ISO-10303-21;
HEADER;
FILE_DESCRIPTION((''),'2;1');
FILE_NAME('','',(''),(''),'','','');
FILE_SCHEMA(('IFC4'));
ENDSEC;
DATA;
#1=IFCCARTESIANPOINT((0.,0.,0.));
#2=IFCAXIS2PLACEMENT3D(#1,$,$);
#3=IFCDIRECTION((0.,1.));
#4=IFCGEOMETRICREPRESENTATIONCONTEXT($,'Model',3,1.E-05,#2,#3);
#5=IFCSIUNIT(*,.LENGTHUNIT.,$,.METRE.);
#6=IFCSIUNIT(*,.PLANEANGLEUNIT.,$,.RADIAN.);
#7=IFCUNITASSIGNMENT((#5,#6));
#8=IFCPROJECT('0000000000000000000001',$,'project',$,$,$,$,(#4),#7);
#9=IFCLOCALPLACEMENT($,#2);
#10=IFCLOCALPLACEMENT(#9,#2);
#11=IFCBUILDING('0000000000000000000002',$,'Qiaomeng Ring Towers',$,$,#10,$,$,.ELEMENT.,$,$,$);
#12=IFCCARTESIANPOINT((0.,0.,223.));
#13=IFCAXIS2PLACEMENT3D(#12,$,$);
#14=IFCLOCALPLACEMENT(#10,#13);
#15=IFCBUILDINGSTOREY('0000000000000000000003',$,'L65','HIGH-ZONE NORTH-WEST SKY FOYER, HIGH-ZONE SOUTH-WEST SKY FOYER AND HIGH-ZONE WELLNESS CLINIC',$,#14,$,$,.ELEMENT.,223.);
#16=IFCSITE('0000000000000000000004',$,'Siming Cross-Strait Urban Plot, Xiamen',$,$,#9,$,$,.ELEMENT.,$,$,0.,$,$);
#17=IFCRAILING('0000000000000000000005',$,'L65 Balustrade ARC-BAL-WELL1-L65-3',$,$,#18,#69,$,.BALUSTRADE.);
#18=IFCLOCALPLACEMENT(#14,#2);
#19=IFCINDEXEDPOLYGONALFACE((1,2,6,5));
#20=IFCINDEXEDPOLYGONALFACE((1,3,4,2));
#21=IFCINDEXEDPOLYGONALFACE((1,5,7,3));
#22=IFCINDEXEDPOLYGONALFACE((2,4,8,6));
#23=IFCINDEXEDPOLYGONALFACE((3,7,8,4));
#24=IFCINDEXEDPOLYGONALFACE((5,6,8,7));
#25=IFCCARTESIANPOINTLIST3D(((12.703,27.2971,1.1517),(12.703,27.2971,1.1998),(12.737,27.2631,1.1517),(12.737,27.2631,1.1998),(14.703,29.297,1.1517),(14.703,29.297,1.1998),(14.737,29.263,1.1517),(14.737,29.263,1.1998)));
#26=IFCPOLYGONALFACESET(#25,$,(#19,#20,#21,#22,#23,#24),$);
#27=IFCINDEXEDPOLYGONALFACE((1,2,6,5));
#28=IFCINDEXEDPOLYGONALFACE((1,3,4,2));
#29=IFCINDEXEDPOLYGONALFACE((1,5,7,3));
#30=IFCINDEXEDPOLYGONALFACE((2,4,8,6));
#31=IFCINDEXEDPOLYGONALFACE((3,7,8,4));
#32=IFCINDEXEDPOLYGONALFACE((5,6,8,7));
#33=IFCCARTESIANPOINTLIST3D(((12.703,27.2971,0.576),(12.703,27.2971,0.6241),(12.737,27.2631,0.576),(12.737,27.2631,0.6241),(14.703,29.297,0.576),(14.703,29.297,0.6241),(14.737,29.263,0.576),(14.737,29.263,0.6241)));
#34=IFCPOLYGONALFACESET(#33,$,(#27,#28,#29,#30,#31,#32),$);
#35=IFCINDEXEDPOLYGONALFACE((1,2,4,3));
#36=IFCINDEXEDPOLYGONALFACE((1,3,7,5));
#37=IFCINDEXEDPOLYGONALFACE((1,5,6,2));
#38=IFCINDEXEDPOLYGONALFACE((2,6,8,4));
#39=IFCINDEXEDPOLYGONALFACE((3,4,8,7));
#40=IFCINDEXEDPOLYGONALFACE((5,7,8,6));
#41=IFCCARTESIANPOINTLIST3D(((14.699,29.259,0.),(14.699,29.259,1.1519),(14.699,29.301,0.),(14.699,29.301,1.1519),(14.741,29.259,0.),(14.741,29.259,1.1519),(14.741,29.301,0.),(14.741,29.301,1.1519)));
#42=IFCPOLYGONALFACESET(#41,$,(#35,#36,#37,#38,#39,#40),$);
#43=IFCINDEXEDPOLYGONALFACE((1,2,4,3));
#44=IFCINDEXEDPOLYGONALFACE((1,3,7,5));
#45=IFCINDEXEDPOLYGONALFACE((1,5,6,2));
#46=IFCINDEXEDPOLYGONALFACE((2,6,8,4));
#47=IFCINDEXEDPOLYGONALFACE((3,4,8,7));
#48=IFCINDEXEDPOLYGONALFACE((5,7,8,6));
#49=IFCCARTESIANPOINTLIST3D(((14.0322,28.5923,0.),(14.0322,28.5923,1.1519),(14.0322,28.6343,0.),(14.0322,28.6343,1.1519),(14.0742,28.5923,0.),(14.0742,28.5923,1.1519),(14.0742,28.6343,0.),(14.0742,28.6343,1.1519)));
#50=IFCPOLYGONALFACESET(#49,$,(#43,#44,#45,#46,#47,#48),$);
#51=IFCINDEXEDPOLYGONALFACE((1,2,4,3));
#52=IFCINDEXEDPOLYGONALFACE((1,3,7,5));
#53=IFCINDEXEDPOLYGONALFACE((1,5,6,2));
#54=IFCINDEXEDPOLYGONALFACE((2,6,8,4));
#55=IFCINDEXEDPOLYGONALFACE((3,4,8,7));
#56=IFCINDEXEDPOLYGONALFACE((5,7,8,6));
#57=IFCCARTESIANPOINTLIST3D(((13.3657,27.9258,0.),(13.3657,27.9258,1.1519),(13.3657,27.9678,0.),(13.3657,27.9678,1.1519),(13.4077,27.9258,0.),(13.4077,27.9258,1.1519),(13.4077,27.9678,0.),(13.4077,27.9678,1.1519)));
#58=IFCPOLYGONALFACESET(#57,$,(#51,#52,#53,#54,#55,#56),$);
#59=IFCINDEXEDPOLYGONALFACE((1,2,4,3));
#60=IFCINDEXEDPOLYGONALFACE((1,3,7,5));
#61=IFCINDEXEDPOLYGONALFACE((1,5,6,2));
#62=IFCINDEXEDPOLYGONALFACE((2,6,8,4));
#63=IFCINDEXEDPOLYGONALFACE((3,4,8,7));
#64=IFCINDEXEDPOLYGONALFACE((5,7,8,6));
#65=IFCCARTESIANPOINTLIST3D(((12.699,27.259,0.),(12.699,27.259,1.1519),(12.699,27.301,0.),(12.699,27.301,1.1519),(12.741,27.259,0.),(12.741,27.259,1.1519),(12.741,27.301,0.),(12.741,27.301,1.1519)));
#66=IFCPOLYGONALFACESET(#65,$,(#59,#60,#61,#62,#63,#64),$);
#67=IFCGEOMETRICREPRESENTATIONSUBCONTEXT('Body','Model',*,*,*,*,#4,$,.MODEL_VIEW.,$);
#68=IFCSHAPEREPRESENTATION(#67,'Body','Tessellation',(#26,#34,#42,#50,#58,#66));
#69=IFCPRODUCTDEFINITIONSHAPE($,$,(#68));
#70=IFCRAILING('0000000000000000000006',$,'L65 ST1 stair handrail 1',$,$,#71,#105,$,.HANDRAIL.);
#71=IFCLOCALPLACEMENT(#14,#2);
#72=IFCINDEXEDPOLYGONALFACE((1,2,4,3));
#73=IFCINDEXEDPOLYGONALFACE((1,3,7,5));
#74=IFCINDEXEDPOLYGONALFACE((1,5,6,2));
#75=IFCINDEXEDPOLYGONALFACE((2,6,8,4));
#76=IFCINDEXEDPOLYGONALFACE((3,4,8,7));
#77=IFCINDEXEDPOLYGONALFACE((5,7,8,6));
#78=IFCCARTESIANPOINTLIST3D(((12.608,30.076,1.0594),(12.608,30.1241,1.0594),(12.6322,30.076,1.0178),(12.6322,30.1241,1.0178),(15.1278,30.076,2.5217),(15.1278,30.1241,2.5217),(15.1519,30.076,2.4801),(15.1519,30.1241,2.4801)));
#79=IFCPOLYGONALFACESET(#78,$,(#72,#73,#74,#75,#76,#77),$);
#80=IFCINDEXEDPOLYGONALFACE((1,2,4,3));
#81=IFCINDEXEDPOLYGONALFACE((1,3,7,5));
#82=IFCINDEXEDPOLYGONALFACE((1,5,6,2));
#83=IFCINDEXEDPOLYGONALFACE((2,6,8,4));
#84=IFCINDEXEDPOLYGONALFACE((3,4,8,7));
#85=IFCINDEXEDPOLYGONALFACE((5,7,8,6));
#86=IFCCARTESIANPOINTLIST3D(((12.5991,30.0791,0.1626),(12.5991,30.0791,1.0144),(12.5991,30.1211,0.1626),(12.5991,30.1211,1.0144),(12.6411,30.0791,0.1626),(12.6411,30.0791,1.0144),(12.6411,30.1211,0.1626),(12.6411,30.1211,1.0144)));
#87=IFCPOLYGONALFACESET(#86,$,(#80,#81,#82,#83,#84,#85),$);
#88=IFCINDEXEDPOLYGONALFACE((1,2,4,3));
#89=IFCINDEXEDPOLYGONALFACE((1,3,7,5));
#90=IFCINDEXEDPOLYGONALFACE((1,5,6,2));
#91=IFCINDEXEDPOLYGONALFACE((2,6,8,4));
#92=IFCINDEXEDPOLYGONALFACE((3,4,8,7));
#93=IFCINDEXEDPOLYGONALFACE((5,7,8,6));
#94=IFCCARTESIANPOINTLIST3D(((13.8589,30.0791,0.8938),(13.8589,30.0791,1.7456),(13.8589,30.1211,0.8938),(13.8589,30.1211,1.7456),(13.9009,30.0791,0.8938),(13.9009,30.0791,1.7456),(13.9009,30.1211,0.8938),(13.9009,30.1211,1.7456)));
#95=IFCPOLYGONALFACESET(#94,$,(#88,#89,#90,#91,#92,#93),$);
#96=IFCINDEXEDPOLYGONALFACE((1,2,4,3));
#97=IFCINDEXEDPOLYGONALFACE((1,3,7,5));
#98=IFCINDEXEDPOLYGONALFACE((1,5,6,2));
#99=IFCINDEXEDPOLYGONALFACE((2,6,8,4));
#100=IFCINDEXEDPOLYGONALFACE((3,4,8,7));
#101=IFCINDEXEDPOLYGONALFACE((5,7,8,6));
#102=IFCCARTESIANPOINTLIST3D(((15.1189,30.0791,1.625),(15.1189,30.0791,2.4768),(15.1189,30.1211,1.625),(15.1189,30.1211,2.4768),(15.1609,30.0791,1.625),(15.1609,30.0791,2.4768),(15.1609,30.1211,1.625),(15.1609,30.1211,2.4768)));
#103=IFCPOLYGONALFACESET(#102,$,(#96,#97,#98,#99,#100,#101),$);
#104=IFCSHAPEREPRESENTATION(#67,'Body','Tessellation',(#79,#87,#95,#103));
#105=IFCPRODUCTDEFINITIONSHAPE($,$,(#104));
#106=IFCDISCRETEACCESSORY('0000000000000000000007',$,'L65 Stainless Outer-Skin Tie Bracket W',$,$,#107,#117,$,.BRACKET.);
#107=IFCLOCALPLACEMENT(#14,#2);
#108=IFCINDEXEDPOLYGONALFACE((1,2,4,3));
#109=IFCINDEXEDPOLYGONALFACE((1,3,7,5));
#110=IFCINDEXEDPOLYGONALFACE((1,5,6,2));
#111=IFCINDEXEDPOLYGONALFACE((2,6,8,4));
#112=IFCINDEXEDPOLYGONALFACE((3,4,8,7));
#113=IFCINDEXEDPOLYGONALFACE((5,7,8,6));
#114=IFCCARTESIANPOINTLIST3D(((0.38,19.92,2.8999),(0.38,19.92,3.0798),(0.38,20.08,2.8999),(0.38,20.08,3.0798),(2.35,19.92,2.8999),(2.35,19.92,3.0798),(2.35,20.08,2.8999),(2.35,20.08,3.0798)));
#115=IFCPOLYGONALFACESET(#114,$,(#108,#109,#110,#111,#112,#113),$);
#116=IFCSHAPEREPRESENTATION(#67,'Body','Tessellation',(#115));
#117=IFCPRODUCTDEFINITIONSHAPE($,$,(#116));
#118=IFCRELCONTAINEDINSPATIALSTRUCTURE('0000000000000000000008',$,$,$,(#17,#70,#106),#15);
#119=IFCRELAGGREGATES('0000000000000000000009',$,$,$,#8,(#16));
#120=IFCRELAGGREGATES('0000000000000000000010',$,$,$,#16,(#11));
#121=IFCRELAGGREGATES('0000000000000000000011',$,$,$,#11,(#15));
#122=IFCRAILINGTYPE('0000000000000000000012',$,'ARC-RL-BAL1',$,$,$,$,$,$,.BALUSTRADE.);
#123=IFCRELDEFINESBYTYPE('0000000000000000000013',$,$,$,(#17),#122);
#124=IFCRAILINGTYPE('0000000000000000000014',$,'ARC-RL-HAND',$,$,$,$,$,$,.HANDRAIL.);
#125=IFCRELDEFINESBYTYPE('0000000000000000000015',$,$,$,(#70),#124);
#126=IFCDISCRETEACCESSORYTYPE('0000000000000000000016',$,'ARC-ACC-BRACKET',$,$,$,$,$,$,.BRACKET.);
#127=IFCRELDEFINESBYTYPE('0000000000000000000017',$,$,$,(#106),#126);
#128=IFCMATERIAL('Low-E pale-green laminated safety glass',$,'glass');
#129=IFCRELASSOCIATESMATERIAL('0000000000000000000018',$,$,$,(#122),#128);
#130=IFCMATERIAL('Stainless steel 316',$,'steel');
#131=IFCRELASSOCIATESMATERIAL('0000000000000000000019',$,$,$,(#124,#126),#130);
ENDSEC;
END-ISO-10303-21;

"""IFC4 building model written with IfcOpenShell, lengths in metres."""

from ifc_helpers import new_model, si_unit, direction, frame, origin, origin_2d, place, context, subcontext, project, spatial, rectangle, extrude, source, transform, mapped, material, type_object, element, save


model = new_model("IFC4")

# Units and contexts
model_context = context("Model", 3, precision=1e-05, world=origin(), true_north=direction((0.0, 1.0)))
body_context = subcontext(model_context, "Body", "Model", "MODEL_VIEW")
ifc_project = project(units=[si_unit("LENGTHUNIT", "METRE"), si_unit("PLANEANGLEUNIT", "RADIAN")], contexts=[model_context])

# Site, building, storey
site_placement = place(None, origin())
site = spatial("IfcSite", under=ifc_project, at=site_placement, Name="Siming Cross-Strait Urban Plot, Xiamen", CompositionType="ELEMENT", RefElevation=0.0)
building_placement = place(site_placement, origin())
building = spatial("IfcBuilding", under=site, at=building_placement, Name="Qiaomeng Ring Towers", CompositionType="ELEMENT")
storey_placement = place(building_placement, frame((0.0, 0.0, 223.0)))
storey = spatial("IfcBuildingStorey", under=building, at=storey_placement, Name="L65", Description="HIGH-ZONE NORTH-WEST SKY FOYER, HIGH-ZONE SOUTH-WEST SKY FOYER AND HIGH-ZONE WELLNESS CLINIC", CompositionType="ELEMENT", Elevation=223.0)

# Shared definitions
ifc_material_1 = material(Name="Stainless steel 316", Category="steel")

# Railings
ifc_material_2 = material(Name="Low-E pale-green laminated safety glass", Category="glass")
railing_type_1 = type_object("IfcRailingType", Name="ARC-RL-BAL1", PredefinedType="BALUSTRADE", material=ifc_material_2)
railing_1_placement = place(storey_placement, frame((14.72, 29.28, 0.0)))
element("IfcRailing", 1, at=railing_1_placement, inside=storey, type_object=railing_type_1, Name="L65 Balustrade ARC-BAL-WELL1-L65-3", PredefinedType="BALUSTRADE", context=body_context, shape_type="SweptSolid", body=[
    extrude(rectangle(XDim=0.0481, YDim=0.0481, at=origin_2d()), frame((0.0, 0.0, 1.1758), z_axis=(-0.707107, -0.707107, 0.0), x_axis=(0.707107, -0.707107, 0.0)), (0.0, 0.0, 1.0), 2.8284),
    extrude(rectangle(XDim=0.0481, YDim=0.0481, at=origin_2d()), frame((0.0, 0.0, 0.6001), z_axis=(-0.707107, -0.707107, 0.0), x_axis=(0.707107, -0.707107, 0.0)), (0.0, 0.0, 1.0), 2.8284),
    extrude(rectangle(XDim=0.042, YDim=0.042, at=origin_2d()), origin(), (0.0, 0.0, 1.0), 1.1519),
    extrude(rectangle(XDim=0.042, YDim=0.042, at=origin_2d()), frame((-0.6667, -0.6667, 0.0)), (0.0, 0.0, 1.0), 1.1519),
    extrude(rectangle(XDim=0.042, YDim=0.042, at=origin_2d()), frame((-1.3333, -1.3333, 0.0)), (0.0, 0.0, 1.0), 1.1519),
    extrude(rectangle(XDim=0.042, YDim=0.042, at=origin_2d()), frame((-2.0, -2.0, 0.0)), (0.0, 0.0, 1.0), 1.1519),
])
railing_type_2 = type_object("IfcRailingType", Name="ARC-RL-HAND", PredefinedType="HANDRAIL", material=ifc_material_1)
railing_2_placement = place(storey_placement, frame((12.6201, 30.1001, 0.1626)))
element("IfcRailing", 2, at=railing_2_placement, inside=storey, type_object=railing_type_2, Name="L65 ST1 stair handrail 1", PredefinedType="HANDRAIL", context=body_context, shape_type="SweptSolid", body=[
    extrude(rectangle(XDim=0.0481, YDim=0.0481, at=origin_2d()), frame((0.0, 0.0, 0.876), z_axis=(0.864892, 0.0, 0.501958), x_axis=(0.0, 1.0, 0.0)), (0.0, 0.0, 1.0), 2.9133),
    extrude(rectangle(XDim=0.042, YDim=0.042, at=origin_2d()), origin(), (0.0, 0.0, 1.0), 0.8518),
    extrude(rectangle(XDim=0.042, YDim=0.042, at=origin_2d()), frame((1.2598, 0.0, 0.7312)), (0.0, 0.0, 1.0), 0.8518),
    extrude(rectangle(XDim=0.042, YDim=0.042, at=origin_2d()), frame((2.5198, 0.0, 1.4624)), (0.0, 0.0, 1.0), 0.8518),
])

# Discrete accessory
discrete_accessory_type = type_object("IfcDiscreteAccessoryType", Name="ARC-ACC-BRACKET", PredefinedType="BRACKET", material=ifc_material_1)
shared_shape_1 = source(origin(), body_context, "Body", "SweptSolid", [
    extrude(rectangle(XDim=1.97, YDim=0.1599, at=origin_2d()), origin(), (0.0, 0.0, 1.0), 0.1799),
])
discrete_accessory_placement = place(storey_placement, frame((1.365, 20.0, 2.8999), z_axis=(0.0, 0.0, 1.0), x_axis=(1.0, 0.0, 0.0)))
element("IfcDiscreteAccessory", 3, at=discrete_accessory_placement, inside=storey, type_object=discrete_accessory_type, Name="L65 Stainless Outer-Skin Tie Bracket W", PredefinedType="BRACKET", context=body_context, shape_type="MappedRepresentation", body=[
    mapped(shared_shape_1, transform((0.0, 0.0, 0.0), x_axis=(1.0, 0.0, 0.0), y_axis=(0.0, 1.0, 0.0), z_axis=(0.0, 0.0, 1.0), scale=1.0)),
])

save(model, "model.ifc")
